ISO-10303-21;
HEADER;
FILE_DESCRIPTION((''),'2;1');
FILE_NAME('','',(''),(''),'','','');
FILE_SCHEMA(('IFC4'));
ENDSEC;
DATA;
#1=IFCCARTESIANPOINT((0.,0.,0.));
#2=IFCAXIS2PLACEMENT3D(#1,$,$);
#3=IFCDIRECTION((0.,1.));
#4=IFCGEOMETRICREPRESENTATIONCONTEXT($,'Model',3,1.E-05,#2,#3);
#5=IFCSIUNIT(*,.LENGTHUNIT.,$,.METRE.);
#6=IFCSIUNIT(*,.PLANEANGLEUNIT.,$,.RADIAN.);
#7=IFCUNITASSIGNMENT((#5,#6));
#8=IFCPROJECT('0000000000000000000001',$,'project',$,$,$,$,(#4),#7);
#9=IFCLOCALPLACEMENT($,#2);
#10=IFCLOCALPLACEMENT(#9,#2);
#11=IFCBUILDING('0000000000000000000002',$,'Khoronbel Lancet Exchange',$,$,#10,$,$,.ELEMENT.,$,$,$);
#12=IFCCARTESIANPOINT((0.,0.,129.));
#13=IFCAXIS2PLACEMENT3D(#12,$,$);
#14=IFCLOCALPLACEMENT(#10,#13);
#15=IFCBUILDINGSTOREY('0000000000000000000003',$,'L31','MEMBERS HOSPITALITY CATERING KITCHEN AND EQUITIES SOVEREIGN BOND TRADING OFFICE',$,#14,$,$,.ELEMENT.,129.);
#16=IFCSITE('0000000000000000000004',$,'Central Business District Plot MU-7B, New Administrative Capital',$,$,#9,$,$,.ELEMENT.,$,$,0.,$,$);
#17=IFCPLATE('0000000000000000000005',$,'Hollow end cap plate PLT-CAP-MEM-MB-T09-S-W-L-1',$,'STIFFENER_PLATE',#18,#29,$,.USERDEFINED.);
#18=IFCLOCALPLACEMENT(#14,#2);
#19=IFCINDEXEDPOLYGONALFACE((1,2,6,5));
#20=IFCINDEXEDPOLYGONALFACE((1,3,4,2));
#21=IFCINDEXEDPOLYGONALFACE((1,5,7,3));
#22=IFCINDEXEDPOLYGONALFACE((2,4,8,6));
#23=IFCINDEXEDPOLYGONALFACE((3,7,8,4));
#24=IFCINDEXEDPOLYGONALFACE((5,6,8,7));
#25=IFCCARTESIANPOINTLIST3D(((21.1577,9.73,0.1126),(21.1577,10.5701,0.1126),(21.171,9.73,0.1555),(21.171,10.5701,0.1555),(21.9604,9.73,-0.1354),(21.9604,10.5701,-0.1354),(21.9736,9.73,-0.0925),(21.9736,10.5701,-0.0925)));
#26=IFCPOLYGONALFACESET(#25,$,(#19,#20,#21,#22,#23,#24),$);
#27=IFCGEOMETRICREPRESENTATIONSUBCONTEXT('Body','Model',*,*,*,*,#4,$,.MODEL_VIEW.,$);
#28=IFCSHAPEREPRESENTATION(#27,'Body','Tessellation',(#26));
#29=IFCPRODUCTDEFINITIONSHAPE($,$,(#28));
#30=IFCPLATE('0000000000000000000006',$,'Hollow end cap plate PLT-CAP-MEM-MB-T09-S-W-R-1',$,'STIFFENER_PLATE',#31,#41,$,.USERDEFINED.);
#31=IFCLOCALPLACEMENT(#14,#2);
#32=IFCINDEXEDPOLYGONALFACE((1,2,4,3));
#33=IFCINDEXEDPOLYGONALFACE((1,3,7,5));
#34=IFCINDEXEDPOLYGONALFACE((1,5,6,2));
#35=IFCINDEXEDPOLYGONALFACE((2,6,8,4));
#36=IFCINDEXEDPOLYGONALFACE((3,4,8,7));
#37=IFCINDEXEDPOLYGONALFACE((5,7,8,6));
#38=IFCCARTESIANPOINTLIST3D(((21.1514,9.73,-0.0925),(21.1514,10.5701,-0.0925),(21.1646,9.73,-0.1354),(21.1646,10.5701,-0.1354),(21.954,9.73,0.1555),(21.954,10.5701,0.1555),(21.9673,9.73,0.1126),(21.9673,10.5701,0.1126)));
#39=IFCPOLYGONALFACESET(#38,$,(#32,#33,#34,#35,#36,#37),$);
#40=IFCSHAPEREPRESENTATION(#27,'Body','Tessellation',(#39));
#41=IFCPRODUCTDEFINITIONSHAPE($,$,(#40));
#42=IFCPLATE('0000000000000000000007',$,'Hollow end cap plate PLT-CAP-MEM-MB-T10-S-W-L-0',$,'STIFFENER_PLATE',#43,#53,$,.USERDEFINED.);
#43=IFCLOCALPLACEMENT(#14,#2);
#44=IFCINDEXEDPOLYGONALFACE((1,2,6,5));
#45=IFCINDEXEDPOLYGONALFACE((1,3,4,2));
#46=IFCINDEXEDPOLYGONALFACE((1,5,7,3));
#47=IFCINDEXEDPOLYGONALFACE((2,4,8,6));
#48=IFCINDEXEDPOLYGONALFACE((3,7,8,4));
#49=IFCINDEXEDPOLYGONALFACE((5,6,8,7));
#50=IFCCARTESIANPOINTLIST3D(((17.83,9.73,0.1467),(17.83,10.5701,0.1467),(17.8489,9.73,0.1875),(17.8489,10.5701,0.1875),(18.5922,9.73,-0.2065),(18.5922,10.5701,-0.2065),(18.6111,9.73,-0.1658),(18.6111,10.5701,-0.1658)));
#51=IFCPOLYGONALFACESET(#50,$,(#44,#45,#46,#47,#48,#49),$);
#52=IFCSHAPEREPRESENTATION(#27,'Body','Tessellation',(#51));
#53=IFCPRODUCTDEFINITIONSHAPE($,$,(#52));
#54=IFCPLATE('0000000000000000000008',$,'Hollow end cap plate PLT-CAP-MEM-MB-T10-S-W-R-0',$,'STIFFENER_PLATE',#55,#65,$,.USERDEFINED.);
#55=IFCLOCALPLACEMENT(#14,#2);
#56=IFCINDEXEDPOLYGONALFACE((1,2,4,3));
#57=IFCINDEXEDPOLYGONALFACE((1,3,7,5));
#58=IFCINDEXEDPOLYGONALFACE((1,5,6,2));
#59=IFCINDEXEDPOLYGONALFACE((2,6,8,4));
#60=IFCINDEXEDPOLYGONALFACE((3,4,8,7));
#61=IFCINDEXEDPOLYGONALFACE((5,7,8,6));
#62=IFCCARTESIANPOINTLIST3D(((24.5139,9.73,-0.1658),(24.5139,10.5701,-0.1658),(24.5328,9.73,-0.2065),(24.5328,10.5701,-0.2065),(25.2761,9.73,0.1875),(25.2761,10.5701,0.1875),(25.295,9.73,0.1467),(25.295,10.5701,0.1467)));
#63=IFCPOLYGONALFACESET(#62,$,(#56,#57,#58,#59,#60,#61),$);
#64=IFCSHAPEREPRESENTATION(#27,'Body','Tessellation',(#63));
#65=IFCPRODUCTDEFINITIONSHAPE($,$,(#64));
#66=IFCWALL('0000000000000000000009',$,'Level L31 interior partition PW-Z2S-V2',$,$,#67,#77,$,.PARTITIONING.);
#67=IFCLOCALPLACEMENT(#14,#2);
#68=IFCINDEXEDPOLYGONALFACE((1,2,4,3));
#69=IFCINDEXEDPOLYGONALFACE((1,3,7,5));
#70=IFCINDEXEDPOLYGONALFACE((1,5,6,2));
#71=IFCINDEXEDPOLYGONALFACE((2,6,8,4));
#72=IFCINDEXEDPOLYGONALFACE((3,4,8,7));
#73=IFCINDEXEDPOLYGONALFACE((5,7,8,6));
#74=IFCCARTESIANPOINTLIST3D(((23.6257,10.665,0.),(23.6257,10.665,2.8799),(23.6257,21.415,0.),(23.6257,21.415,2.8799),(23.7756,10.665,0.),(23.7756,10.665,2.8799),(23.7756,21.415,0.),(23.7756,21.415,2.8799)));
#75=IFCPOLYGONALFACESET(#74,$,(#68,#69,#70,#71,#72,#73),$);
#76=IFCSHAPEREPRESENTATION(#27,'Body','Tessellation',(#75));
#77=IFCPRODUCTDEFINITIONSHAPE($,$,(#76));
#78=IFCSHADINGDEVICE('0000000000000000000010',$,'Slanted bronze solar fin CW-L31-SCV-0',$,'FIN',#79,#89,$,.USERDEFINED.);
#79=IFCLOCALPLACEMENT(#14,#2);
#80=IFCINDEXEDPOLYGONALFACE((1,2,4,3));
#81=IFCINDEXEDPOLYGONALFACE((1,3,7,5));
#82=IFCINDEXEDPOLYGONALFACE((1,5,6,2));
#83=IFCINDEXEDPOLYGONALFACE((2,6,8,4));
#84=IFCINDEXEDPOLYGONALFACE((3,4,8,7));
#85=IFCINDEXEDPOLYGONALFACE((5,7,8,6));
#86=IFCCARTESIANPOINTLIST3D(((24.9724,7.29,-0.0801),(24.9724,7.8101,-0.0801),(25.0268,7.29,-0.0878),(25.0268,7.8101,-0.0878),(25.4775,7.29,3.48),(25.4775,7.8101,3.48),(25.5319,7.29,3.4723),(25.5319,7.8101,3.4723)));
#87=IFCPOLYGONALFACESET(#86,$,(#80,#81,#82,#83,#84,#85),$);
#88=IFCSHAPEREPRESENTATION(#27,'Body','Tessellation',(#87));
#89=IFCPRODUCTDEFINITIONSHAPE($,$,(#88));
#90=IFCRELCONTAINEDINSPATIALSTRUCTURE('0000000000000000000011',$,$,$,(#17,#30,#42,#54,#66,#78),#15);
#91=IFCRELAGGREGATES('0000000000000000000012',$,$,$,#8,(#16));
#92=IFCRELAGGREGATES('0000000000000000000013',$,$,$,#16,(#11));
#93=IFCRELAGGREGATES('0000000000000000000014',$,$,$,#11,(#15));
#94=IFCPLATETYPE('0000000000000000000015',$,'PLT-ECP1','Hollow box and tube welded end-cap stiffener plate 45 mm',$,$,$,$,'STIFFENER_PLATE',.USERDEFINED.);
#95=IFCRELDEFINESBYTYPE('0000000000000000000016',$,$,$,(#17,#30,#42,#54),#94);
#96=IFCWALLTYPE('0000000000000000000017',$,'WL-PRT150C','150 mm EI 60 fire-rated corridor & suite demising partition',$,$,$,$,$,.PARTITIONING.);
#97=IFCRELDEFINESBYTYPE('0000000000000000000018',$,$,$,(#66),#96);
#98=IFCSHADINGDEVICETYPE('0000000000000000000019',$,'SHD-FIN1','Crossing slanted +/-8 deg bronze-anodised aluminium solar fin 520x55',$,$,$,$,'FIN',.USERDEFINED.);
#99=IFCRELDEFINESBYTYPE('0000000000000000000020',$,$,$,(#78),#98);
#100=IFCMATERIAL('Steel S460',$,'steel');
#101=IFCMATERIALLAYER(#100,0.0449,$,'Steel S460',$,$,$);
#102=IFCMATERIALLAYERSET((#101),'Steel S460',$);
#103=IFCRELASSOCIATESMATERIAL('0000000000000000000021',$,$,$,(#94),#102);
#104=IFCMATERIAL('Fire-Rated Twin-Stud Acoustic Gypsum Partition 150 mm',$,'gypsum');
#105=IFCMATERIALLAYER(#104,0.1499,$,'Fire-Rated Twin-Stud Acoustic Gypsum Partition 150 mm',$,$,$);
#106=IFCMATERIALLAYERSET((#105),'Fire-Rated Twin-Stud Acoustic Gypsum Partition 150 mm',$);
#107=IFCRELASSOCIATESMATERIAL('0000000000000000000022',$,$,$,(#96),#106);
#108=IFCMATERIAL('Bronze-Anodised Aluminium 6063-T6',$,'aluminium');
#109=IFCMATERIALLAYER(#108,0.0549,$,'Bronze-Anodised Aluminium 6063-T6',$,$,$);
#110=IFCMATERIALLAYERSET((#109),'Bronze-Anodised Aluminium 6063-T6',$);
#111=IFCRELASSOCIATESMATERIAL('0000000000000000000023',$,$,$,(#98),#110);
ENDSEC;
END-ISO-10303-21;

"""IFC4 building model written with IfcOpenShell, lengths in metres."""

from ifc_helpers import new_model, si_unit, direction, frame, frame_2d, origin, place, context, subcontext, project, spatial, polyline, rectangle, outline, extrude, material, layer, layer_set, type_object, element, save


model = new_model("IFC4")

# Units and contexts
model_context = context("Model", 3, precision=1e-05, world=origin(), true_north=direction((0.0, 1.0)))
body_context = subcontext(model_context, "Body", "Model", "MODEL_VIEW")
ifc_project = project(units=[si_unit("LENGTHUNIT", "METRE"), si_unit("PLANEANGLEUNIT", "RADIAN")], contexts=[model_context])

# Site, building, storey
site_placement = place(None, origin())
site = spatial("IfcSite", under=ifc_project, at=site_placement, Name="Central Business District Plot MU-7B, New Administrative Capital", CompositionType="ELEMENT", RefElevation=0.0)
building_placement = place(site_placement, origin())
building = spatial("IfcBuilding", under=site, at=building_placement, Name="Khoronbel Lancet Exchange", CompositionType="ELEMENT")
storey_placement = place(building_placement, frame((0.0, 0.0, 129.0)))
storey = spatial("IfcBuildingStorey", under=building, at=storey_placement, Name="L31", Description="MEMBERS HOSPITALITY CATERING KITCHEN AND EQUITIES SOVEREIGN BOND TRADING OFFICE", CompositionType="ELEMENT", Elevation=129.0)

# Shared definitions
ifc_material_1 = material(Name="Steel S460", Category="steel")

# Shared definitions
ifc_material_2 = material(Name="Bronze-Anodised Aluminium 6063-T6", Category="aluminium")

# Plates
ifc_layer_1 = layer(ifc_material_1, 0.0449, Name="Steel S460")
ifc_layer_set_1 = layer_set([ifc_layer_1], Name="Steel S460")
plate_type_1 = type_object("IfcPlateType", Name="PLT-ECP1", Description="Hollow box and tube welded end-cap stiffener plate 45 mm", ElementType="STIFFENER_PLATE", PredefinedType="USERDEFINED", material=ifc_layer_set_1)
for number, where, z_axis, x_axis, name in (
    (1, (21.9736, 9.73, -0.0925), (0.295229, 0.0, 0.955426), (0.0, 1.0, 0.0), "Hollow end cap plate PLT-CAP-MEM-MB-T09-S-W-L-1"),
    (2, (21.1514, 10.5701, -0.0925), (-0.295229, 0.0, 0.955426), (0.0, -1.0, 0.0), "Hollow end cap plate PLT-CAP-MEM-MB-T09-S-W-R-1"),
    (3, (18.6111, 9.73, -0.1658), (0.420514, 0.0, 0.907286), (0.0, 1.0, 0.0), "Hollow end cap plate PLT-CAP-MEM-MB-T10-S-W-L-0"),
    (4, (24.5139, 10.5701, -0.1658), (-0.420514, 0.0, 0.907286), (0.0, -1.0, 0.0), "Hollow end cap plate PLT-CAP-MEM-MB-T10-S-W-R-0"),
):
    element("IfcPlate", number, at=place(storey_placement, frame(where, z_axis=z_axis, x_axis=x_axis)), inside=storey, type_object=plate_type_1, Name=name, ObjectType="STIFFENER_PLATE", PredefinedType="USERDEFINED", context=body_context, shape_type="SweptSolid", body=[
        extrude(outline(polyline([(0.0, 0.0), (0.8401, 0.0), (0.8401, 0.8401), (0.0, 0.8401), (0.0, 0.0)])), origin(), (0.0, 0.0, -1.0), 0.0449),
    ])

# Wall
ifc_material_3 = material(Name="Fire-Rated Twin-Stud Acoustic Gypsum Partition 150 mm", Category="gypsum")
ifc_layer_2 = layer(ifc_material_3, 0.1499, Name="Fire-Rated Twin-Stud Acoustic Gypsum Partition 150 mm")
ifc_layer_set_2 = layer_set([ifc_layer_2], Name="Fire-Rated Twin-Stud Acoustic Gypsum Partition 150 mm")
wall_type = type_object("IfcWallType", Name="WL-PRT150C", Description="150 mm EI 60 fire-rated corridor & suite demising partition", PredefinedType="PARTITIONING", material=ifc_layer_set_2)
wall_placement = place(storey_placement, frame((23.7007, 10.665, 0.0), z_axis=(0.0, 0.0, 1.0), x_axis=(0.0, 1.0, 0.0)))
element("IfcWall", 5, at=wall_placement, inside=storey, type_object=wall_type, Name="Level L31 interior partition PW-Z2S-V2", PredefinedType="PARTITIONING", context=body_context, shape_type="SweptSolid", body=[
    extrude(rectangle(XDim=10.75, YDim=0.1499, at=frame_2d((5.375, 0.0))), origin(), (0.0, 0.0, 1.0), 2.8799),
])

# Shading device
ifc_layer_3 = layer(ifc_material_2, 0.0549, Name="Bronze-Anodised Aluminium 6063-T6")
ifc_layer_set_3 = layer_set([ifc_layer_3], Name="Bronze-Anodised Aluminium 6063-T6")
shading_device_type = type_object("IfcShadingDeviceType", Name="SHD-FIN1", Description="Crossing slanted +/-8 deg bronze-anodised aluminium solar fin 520x55", ElementType="FIN", PredefinedType="USERDEFINED", material=ifc_layer_set_3)
shading_device_placement = place(storey_placement, frame((24.9724, 7.8101, -0.0801), z_axis=(-0.990083, 0.0, 0.14048), x_axis=(0.0, -1.0, 0.0)))
element("IfcShadingDevice", 6, at=shading_device_placement, inside=storey, type_object=shading_device_type, Name="Slanted bronze solar fin CW-L31-SCV-0", ObjectType="FIN", PredefinedType="USERDEFINED", context=body_context, shape_type="SweptSolid", body=[
    extrude(outline(polyline([(0.0, 0.0), (0.52, 0.0), (0.52, 3.5957), (0.0, 3.5957), (0.0, 0.0)])), origin(), (0.0, 0.0, -1.0), 0.0549),
])

save(model, "model.ifc")
